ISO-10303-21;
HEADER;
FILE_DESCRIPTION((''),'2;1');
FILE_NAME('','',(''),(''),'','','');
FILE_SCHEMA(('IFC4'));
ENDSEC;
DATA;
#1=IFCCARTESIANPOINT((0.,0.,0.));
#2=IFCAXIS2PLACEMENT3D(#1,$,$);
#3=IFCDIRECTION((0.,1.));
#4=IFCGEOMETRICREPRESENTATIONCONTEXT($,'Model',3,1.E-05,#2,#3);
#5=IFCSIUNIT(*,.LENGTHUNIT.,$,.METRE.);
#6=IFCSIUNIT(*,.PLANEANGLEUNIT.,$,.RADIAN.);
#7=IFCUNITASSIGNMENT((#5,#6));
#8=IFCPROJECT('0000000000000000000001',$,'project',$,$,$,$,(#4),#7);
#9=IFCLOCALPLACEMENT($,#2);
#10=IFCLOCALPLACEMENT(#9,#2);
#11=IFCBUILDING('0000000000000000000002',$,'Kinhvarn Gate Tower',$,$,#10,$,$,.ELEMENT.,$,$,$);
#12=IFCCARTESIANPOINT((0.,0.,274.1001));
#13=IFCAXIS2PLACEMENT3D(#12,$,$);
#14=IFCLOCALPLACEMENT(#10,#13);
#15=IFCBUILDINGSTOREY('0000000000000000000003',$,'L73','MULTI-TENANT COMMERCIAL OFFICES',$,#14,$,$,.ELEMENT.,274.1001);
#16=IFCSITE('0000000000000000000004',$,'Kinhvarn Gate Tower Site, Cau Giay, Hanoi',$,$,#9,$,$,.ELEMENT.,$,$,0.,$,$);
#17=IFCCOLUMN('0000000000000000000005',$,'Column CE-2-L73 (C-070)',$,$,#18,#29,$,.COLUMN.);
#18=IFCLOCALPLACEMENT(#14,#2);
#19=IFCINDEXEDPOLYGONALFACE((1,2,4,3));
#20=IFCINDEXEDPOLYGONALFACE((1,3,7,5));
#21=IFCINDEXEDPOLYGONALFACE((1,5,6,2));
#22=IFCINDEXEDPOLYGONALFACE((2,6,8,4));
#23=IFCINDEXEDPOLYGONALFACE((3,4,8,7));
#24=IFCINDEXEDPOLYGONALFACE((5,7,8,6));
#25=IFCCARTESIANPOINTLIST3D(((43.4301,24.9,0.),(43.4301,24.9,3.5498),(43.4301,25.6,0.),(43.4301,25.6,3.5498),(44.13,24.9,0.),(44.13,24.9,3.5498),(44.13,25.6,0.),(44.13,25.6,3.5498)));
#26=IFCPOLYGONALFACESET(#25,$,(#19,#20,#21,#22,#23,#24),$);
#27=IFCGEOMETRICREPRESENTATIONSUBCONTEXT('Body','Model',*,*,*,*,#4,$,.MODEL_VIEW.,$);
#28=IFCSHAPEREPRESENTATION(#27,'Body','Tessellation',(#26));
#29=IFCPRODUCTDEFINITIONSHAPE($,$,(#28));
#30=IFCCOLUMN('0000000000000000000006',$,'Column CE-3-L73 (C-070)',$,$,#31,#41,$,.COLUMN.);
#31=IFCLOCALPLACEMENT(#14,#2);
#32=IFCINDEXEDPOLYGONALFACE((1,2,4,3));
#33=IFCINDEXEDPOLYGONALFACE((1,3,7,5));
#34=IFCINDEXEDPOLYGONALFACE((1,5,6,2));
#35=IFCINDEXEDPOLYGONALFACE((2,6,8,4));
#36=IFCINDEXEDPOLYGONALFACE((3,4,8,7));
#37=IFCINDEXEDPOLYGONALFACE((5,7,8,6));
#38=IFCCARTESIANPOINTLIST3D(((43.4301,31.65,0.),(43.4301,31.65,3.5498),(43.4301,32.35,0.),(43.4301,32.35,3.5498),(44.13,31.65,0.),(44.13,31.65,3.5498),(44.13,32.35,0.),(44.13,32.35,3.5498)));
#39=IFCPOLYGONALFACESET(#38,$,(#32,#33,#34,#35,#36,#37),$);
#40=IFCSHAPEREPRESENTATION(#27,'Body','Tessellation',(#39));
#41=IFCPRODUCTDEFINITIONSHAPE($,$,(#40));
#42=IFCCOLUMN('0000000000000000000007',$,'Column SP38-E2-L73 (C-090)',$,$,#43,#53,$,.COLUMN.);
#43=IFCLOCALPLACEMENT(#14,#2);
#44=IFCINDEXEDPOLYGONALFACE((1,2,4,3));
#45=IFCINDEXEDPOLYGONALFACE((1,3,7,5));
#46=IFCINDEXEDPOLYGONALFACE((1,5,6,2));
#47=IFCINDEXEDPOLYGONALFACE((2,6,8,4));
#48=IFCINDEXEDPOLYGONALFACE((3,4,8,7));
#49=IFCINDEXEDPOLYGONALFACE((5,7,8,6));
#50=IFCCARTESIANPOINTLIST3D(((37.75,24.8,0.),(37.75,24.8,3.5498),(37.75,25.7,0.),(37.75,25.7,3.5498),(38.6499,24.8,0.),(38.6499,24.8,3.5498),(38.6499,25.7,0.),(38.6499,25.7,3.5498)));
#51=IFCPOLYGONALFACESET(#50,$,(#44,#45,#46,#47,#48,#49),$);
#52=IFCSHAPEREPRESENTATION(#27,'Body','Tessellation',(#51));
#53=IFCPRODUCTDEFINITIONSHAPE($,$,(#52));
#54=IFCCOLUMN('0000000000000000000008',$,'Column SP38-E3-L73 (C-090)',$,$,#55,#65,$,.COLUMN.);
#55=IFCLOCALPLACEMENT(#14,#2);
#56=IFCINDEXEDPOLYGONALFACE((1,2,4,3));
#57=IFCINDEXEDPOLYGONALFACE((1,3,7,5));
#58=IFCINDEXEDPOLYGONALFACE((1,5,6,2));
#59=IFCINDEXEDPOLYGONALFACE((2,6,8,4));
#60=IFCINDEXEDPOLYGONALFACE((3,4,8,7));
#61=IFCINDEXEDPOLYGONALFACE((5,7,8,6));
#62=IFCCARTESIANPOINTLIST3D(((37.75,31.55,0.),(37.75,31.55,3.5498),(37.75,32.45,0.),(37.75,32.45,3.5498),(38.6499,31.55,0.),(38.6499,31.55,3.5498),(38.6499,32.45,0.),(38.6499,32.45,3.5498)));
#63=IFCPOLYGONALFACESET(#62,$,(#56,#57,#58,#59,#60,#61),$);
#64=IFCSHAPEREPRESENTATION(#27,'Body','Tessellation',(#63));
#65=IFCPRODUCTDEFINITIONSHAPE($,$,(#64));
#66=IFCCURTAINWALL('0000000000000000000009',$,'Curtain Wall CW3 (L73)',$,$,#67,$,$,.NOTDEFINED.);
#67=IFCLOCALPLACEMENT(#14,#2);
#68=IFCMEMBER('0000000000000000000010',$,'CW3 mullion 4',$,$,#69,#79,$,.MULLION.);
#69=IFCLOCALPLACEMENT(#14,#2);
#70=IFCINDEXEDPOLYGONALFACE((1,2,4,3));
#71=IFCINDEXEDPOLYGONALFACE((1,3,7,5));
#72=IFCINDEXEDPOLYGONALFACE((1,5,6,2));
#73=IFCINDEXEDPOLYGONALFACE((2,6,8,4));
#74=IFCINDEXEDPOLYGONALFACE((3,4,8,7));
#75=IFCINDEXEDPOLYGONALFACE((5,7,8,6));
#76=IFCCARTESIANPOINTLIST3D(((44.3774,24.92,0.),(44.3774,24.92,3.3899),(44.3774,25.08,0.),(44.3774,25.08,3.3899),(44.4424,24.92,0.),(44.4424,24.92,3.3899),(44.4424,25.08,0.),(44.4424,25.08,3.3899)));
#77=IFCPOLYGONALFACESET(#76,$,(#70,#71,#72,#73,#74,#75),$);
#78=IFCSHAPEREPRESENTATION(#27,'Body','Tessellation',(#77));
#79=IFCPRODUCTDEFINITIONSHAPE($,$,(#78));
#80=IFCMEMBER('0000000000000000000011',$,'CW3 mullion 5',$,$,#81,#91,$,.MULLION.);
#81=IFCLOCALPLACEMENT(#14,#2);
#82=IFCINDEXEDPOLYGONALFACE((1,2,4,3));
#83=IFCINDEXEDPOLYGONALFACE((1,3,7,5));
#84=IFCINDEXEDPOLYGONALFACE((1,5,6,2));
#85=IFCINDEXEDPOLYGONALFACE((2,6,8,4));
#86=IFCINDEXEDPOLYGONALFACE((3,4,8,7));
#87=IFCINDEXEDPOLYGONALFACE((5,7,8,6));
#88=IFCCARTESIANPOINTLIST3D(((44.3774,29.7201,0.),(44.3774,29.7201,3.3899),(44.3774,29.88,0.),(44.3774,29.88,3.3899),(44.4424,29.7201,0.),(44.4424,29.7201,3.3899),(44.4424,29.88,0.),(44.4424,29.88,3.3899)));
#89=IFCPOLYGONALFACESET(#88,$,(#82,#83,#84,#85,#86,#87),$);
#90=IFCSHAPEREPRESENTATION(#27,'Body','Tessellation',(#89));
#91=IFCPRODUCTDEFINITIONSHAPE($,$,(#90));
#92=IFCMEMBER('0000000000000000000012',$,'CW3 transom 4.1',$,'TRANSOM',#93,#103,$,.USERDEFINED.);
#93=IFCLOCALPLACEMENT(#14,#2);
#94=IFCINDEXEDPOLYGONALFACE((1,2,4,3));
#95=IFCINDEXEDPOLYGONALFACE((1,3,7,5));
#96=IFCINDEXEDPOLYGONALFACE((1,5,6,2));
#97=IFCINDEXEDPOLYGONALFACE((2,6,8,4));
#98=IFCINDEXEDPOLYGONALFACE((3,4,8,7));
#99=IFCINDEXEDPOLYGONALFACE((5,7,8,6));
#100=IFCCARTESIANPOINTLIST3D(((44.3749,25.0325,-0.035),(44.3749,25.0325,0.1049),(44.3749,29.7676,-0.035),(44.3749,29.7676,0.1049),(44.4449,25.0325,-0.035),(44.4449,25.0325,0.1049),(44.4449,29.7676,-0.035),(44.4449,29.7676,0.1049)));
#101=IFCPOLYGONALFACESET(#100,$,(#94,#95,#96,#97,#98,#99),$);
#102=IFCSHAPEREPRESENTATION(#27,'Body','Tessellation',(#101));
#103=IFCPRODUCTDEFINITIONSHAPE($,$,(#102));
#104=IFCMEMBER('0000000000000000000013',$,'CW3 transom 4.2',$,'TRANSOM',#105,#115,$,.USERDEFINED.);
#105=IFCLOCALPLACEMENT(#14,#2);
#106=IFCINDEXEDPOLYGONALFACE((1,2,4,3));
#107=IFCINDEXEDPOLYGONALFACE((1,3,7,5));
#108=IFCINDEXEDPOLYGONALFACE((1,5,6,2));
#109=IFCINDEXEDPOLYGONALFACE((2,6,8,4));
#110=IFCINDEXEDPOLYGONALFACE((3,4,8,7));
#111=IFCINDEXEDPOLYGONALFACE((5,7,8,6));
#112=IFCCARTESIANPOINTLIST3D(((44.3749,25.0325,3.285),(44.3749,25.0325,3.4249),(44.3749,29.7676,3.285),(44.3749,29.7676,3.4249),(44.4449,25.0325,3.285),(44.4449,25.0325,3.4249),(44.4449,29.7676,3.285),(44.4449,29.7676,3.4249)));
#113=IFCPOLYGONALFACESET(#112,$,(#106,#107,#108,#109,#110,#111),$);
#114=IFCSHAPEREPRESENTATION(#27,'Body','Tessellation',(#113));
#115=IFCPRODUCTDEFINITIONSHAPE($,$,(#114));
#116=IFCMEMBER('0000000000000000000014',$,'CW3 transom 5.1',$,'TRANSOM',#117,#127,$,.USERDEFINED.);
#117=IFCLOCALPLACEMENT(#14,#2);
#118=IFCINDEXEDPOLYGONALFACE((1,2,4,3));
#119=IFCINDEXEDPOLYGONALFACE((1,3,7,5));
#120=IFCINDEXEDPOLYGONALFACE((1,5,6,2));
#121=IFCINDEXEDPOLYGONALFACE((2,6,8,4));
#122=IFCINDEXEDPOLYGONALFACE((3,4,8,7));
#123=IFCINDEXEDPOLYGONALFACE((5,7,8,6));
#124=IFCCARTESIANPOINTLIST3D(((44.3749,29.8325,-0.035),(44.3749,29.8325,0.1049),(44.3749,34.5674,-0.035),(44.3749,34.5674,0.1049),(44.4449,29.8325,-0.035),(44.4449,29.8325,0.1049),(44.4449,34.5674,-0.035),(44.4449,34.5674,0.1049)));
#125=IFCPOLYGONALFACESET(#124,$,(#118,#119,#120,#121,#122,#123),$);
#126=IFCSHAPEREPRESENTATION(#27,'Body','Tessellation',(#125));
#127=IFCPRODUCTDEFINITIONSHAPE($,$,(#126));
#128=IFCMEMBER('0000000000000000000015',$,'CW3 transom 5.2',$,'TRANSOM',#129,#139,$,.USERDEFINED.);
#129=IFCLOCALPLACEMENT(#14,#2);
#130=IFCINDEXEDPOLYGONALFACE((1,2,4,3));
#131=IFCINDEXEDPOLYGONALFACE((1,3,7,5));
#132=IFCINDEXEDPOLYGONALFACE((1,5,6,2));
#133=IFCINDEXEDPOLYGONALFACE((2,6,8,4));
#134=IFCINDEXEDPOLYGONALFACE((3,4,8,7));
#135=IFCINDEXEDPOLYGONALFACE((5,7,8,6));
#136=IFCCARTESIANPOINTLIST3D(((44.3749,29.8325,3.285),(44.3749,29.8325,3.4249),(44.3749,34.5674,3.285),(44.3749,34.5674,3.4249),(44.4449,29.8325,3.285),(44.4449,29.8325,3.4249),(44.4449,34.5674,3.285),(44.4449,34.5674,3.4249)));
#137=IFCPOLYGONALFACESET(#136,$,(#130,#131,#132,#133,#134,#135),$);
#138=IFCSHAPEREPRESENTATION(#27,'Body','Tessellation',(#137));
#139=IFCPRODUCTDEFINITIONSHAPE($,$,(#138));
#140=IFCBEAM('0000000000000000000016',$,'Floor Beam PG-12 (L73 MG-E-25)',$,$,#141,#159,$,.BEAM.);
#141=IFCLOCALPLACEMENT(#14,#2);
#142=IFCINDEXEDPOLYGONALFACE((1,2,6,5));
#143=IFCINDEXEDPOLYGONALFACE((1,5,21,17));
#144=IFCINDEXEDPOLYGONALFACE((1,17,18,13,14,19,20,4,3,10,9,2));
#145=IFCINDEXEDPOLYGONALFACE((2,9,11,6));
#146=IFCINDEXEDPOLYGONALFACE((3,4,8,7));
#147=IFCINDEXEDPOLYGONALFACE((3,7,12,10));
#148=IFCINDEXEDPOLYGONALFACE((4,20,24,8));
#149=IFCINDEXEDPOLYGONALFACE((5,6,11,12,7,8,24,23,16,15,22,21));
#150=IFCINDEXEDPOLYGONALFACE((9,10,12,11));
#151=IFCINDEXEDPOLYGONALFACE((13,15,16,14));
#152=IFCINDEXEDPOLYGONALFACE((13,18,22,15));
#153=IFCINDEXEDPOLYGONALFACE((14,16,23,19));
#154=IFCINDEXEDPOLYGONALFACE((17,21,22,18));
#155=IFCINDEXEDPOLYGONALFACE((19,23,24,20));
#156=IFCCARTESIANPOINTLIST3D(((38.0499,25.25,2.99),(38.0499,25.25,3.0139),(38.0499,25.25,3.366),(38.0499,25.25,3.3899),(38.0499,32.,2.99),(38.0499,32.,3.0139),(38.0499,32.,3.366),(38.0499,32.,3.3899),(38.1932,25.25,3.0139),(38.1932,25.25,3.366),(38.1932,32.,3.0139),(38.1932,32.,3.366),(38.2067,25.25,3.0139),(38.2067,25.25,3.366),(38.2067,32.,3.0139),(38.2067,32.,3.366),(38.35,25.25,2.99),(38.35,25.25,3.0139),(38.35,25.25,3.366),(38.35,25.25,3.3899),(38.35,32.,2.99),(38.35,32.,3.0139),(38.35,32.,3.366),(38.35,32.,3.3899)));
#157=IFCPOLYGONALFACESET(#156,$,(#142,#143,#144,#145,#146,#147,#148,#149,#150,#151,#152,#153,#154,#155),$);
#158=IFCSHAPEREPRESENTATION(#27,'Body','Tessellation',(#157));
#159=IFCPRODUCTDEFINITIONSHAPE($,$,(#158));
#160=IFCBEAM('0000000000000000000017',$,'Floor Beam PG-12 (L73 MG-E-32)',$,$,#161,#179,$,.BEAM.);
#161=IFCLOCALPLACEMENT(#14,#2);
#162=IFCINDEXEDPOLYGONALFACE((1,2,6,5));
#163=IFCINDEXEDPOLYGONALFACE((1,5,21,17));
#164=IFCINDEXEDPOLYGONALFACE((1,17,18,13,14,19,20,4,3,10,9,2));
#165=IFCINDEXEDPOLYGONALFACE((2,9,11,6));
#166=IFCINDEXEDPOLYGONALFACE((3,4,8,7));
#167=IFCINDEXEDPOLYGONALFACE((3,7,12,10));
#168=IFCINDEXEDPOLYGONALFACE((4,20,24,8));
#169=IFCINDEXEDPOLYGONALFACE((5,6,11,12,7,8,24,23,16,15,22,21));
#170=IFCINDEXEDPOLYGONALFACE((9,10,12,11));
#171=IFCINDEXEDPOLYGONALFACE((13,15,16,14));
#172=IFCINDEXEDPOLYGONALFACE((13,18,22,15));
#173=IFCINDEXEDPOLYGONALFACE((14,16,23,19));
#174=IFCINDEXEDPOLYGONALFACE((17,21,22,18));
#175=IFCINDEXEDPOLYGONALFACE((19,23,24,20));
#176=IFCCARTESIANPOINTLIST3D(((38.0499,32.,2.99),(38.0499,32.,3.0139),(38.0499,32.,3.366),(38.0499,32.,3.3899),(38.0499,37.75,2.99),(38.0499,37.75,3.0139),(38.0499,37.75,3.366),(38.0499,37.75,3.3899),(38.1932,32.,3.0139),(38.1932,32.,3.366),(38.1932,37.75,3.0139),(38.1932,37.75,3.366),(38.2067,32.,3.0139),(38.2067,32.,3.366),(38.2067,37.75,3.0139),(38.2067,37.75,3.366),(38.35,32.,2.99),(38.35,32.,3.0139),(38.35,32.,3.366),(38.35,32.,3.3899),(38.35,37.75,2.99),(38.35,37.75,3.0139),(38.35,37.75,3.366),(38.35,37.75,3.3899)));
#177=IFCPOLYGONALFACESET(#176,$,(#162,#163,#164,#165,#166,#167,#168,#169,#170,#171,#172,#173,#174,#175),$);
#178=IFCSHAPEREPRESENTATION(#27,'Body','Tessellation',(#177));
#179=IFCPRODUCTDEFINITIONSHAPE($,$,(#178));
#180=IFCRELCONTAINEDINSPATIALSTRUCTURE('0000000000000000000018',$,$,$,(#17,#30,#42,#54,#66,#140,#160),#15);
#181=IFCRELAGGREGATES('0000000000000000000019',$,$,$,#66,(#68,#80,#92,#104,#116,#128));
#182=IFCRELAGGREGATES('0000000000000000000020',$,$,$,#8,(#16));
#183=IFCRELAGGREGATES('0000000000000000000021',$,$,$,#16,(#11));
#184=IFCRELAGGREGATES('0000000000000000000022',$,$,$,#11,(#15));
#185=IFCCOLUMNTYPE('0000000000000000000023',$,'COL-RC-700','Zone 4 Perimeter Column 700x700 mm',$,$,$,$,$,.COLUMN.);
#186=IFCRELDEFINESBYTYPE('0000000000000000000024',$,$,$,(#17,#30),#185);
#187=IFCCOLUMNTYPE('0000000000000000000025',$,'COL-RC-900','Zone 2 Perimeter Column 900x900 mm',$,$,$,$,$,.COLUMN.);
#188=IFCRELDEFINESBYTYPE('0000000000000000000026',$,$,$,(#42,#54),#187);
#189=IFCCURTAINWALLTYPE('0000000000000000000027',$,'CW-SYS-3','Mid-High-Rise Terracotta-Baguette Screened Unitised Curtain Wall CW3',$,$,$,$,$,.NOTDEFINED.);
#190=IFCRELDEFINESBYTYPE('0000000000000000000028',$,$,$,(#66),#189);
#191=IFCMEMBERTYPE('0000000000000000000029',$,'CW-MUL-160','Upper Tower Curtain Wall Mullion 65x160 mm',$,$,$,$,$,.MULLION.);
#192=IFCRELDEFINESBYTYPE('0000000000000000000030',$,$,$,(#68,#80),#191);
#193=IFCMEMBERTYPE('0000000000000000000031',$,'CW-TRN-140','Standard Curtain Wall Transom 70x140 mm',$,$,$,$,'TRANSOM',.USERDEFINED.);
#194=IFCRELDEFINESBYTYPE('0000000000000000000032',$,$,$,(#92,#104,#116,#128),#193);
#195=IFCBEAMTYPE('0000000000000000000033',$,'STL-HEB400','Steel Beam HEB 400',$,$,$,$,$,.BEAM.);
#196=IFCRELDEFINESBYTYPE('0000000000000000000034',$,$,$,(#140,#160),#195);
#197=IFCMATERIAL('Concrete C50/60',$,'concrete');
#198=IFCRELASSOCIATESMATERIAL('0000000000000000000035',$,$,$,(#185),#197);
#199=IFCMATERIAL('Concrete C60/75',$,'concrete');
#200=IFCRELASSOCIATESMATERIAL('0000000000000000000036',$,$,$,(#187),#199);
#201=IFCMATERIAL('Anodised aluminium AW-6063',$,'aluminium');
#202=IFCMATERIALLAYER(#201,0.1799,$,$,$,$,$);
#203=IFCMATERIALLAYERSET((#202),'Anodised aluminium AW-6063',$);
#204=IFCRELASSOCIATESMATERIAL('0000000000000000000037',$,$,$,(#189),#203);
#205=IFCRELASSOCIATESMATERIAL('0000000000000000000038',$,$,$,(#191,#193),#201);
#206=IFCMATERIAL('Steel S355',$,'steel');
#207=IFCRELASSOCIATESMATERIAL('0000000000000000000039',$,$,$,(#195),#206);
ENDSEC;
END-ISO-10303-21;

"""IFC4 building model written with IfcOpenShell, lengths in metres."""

from ifc_helpers import new_model, si_unit, direction, frame, origin, origin_2d, place, context, subcontext, project, spatial, rectangle, i_section, extrude, material, layer, layer_set, material_profile, profile_set, type_object, element, aggregate, save


model = new_model("IFC4")

# Units and contexts
model_context = context("Model", 3, precision=1e-05, world=origin(), true_north=direction((0.0, 1.0)))
body_context = subcontext(model_context, "Body", "Model", "MODEL_VIEW")
ifc_project = project(units=[si_unit("LENGTHUNIT", "METRE"), si_unit("PLANEANGLEUNIT", "RADIAN")], contexts=[model_context])

# Site, building, storey
site_placement = place(None, origin())
site = spatial("IfcSite", under=ifc_project, at=site_placement, Name="Kinhvarn Gate Tower Site, Cau Giay, Hanoi", CompositionType="ELEMENT", RefElevation=0.0)
building_placement = place(site_placement, origin())
building = spatial("IfcBuilding", under=site, at=building_placement, Name="Kinhvarn Gate Tower", CompositionType="ELEMENT")
storey_placement = place(building_placement, frame((0.0, 0.0, 274.1001)))
storey = spatial("IfcBuildingStorey", under=building, at=storey_placement, Name="L73", Description="MULTI-TENANT COMMERCIAL OFFICES", CompositionType="ELEMENT", Elevation=274.1001)

# Columns
ifc_material_1 = material(Name="Concrete C50/60", Category="concrete")
ifc_material_profile_1 = material_profile(ifc_material_1, rectangle(XDim=0.7, YDim=0.7, at=origin_2d()), Name="RC 700x700")
ifc_profile_set_1 = profile_set([ifc_material_profile_1], Name="Concrete C50/60")
column_type_1 = type_object("IfcColumnType", Name="COL-RC-700", Description="Zone 4 Perimeter Column 700x700 mm", PredefinedType="COLUMN", material=ifc_profile_set_1)
for number, where, z_axis, x_axis, name in (
    (1, (43.78, 25.25, 0.0), (0.0, 0.0, 1.0), (1.0, 0.0, 0.0), "Column CE-2-L73 (C-070)"),
    (2, (43.78, 32.0, 0.0), (0.0, 0.0, 1.0), (1.0, 0.0, 0.0), "Column CE-3-L73 (C-070)"),
):
    element("IfcColumn", number, at=place(storey_placement, frame(where, z_axis=z_axis, x_axis=x_axis)), inside=storey, type_object=column_type_1, Name=name, PredefinedType="COLUMN", context=body_context, shape_type="SweptSolid", body=[
        extrude(rectangle(XDim=0.7, YDim=0.7, at=origin_2d()), origin(), (0.0, 0.0, 1.0), 3.5498),
    ])
ifc_material_2 = material(Name="Concrete C60/75", Category="concrete")
ifc_material_profile_2 = material_profile(ifc_material_2, rectangle(XDim=0.8999, YDim=0.8999, at=origin_2d()), Name="RC 900x900")
ifc_profile_set_2 = profile_set([ifc_material_profile_2], Name="Concrete C60/75")
column_type_2 = type_object("IfcColumnType", Name="COL-RC-900", Description="Zone 2 Perimeter Column 900x900 mm", PredefinedType="COLUMN", material=ifc_profile_set_2)
for number, where, z_axis, x_axis, name in (
    (3, (38.2, 25.25, 0.0), (0.0, 0.0, 1.0), (1.0, 0.0, 0.0), "Column SP38-E2-L73 (C-090)"),
    (4, (38.2, 32.0, 0.0), (0.0, 0.0, 1.0), (1.0, 0.0, 0.0), "Column SP38-E3-L73 (C-090)"),
):
    element("IfcColumn", number, at=place(storey_placement, frame(where, z_axis=z_axis, x_axis=x_axis)), inside=storey, type_object=column_type_2, Name=name, PredefinedType="COLUMN", context=body_context, shape_type="SweptSolid", body=[
        extrude(rectangle(XDim=0.8999, YDim=0.8999, at=origin_2d()), origin(), (0.0, 0.0, 1.0), 3.5498),
    ])

# Curtain wall, members
ifc_material_3 = material(Name="Anodised aluminium AW-6063", Category="aluminium")
ifc_layer_1 = layer(ifc_material_3, 0.1799)
ifc_layer_set_1 = layer_set([ifc_layer_1], Name="Anodised aluminium AW-6063")
curtain_wall_type = type_object("IfcCurtainWallType", Name="CW-SYS-3", Description="Mid-High-Rise Terracotta-Baguette Screened Unitised Curtain Wall CW3", PredefinedType="NOTDEFINED", material=ifc_layer_set_1)
curtain_wall_placement = place(storey_placement, origin())
curtain_wall = element("IfcCurtainWall", 5, at=curtain_wall_placement, inside=storey, type_object=curtain_wall_type, Name="Curtain Wall CW3 (L73)", PredefinedType="NOTDEFINED")
ifc_material_profile_3 = material_profile(ifc_material_3, rectangle(XDim=0.0649, YDim=0.1599, at=origin_2d()), Name="ALU 65x160")
ifc_profile_set_3 = profile_set([ifc_material_profile_3], Name="Anodised aluminium AW-6063")
member_type_1 = type_object("IfcMemberType", Name="CW-MUL-160", Description="Upper Tower Curtain Wall Mullion 65x160 mm", PredefinedType="MULLION", material=ifc_profile_set_3)
member_1_placement = place(storey_placement, frame((44.4099, 25.0, 0.0), z_axis=(0.0, 0.0, 1.0), x_axis=(-1.0, 0.0, 0.0)))
member_1 = element("IfcMember", 6, at=member_1_placement, type_object=member_type_1, Name="CW3 mullion 4", PredefinedType="MULLION", context=body_context, shape_type="SweptSolid", body=[
    extrude(rectangle(XDim=0.0649, YDim=0.1599, at=origin_2d()), origin(), (0.0, 0.0, 1.0), 3.3899),
])
member_2_placement = place(storey_placement, frame((44.4099, 29.8, 0.0), z_axis=(0.0, 0.0, 1.0), x_axis=(-1.0, 0.0, 0.0)))
member_2 = element("IfcMember", 7, at=member_2_placement, type_object=member_type_1, Name="CW3 mullion 5", PredefinedType="MULLION", context=body_context, shape_type="SweptSolid", body=[
    extrude(rectangle(XDim=0.0649, YDim=0.1599, at=origin_2d()), origin(), (0.0, 0.0, 1.0), 3.3899),
])
ifc_material_profile_4 = material_profile(ifc_material_3, rectangle(XDim=0.0701, YDim=0.1399, at=origin_2d()), Name="ALU 70x140")
ifc_profile_set_4 = profile_set([ifc_material_profile_4], Name="Anodised aluminium AW-6063")
member_type_2 = type_object("IfcMemberType", Name="CW-TRN-140", Description="Standard Curtain Wall Transom 70x140 mm", ElementType="TRANSOM", PredefinedType="USERDEFINED", material=ifc_profile_set_4)
member_3_placement = place(storey_placement, frame((44.4099, 25.0325, 0.0349), z_axis=(0.0, 1.0, 0.0), x_axis=(-1.0, 0.0, 0.0)))
member_3 = element("IfcMember", 8, at=member_3_placement, type_object=member_type_2, Name="CW3 transom 4.1", ObjectType="TRANSOM", PredefinedType="USERDEFINED", context=body_context, shape_type="SweptSolid", body=[
    extrude(rectangle(XDim=0.0701, YDim=0.1399, at=origin_2d()), origin(), (0.0, 0.0, 1.0), 4.7351),
])
member_4_placement = place(storey_placement, frame((44.4099, 25.0325, 3.355), z_axis=(0.0, 1.0, 0.0), x_axis=(-1.0, 0.0, 0.0)))
member_4 = element("IfcMember", 9, at=member_4_placement, type_object=member_type_2, Name="CW3 transom 4.2", ObjectType="TRANSOM", PredefinedType="USERDEFINED", context=body_context, shape_type="SweptSolid", body=[
    extrude(rectangle(XDim=0.0701, YDim=0.1399, at=origin_2d()), origin(), (0.0, 0.0, 1.0), 4.7351),
])
member_5_placement = place(storey_placement, frame((44.4099, 29.8325, 0.0349), z_axis=(0.0, 1.0, 0.0), x_axis=(-1.0, 0.0, 0.0)))
member_5 = element("IfcMember", 10, at=member_5_placement, type_object=member_type_2, Name="CW3 transom 5.1", ObjectType="TRANSOM", PredefinedType="USERDEFINED", context=body_context, shape_type="SweptSolid", body=[
    extrude(rectangle(XDim=0.0701, YDim=0.1399, at=origin_2d()), origin(), (0.0, 0.0, 1.0), 4.7349),
])
member_6_placement = place(storey_placement, frame((44.4099, 29.8325, 3.355), z_axis=(0.0, 1.0, 0.0), x_axis=(-1.0, 0.0, 0.0)))
member_6 = element("IfcMember", 11, at=member_6_placement, type_object=member_type_2, Name="CW3 transom 5.2", ObjectType="TRANSOM", PredefinedType="USERDEFINED", context=body_context, shape_type="SweptSolid", body=[
    extrude(rectangle(XDim=0.0701, YDim=0.1399, at=origin_2d()), origin(), (0.0, 0.0, 1.0), 4.7349),
])

# Beams
ifc_material_4 = material(Name="Steel S355", Category="steel")
ifc_material_profile_5 = material_profile(ifc_material_4, i_section(OverallWidth=0.3, OverallDepth=0.3999, WebThickness=0.0134, FlangeThickness=0.0239, at=origin_2d()), Name="HEB 400")
ifc_profile_set_5 = profile_set([ifc_material_profile_5], Name="Steel S355")
beam_type_1 = type_object("IfcBeamType", Name="STL-HEB400", Description="Steel Beam HEB 400", PredefinedType="BEAM", material=ifc_profile_set_5)
beam_1_placement = place(storey_placement, frame((38.2, 25.25, 3.1899), z_axis=(0.0, 1.0, 0.0), x_axis=(-1.0, 0.0, 0.0)))
element("IfcBeam", 12, at=beam_1_placement, inside=storey, type_object=beam_type_1, Name="Floor Beam PG-12 (L73 MG-E-25)", PredefinedType="BEAM", context=body_context, shape_type="SweptSolid", body=[
    extrude(i_section(OverallWidth=0.3, OverallDepth=0.3999, WebThickness=0.0134, FlangeThickness=0.0239, at=origin_2d()), origin(), (0.0, 0.0, 1.0), 6.75),
])
beam_2_placement = place(storey_placement, frame((38.2, 32.0, 3.1899), z_axis=(0.0, 1.0, 0.0), x_axis=(-1.0, 0.0, 0.0)))
element("IfcBeam", 13, at=beam_2_placement, inside=storey, type_object=beam_type_1, Name="Floor Beam PG-12 (L73 MG-E-32)", PredefinedType="BEAM", context=body_context, shape_type="SweptSolid", body=[
    extrude(i_section(OverallWidth=0.3, OverallDepth=0.3999, WebThickness=0.0134, FlangeThickness=0.0239, at=origin_2d()), origin(), (0.0, 0.0, 1.0), 5.75),
])

aggregate(curtain_wall, [member_1, member_2, member_3, member_4, member_5, member_6])

save(model, "model.ifc")
